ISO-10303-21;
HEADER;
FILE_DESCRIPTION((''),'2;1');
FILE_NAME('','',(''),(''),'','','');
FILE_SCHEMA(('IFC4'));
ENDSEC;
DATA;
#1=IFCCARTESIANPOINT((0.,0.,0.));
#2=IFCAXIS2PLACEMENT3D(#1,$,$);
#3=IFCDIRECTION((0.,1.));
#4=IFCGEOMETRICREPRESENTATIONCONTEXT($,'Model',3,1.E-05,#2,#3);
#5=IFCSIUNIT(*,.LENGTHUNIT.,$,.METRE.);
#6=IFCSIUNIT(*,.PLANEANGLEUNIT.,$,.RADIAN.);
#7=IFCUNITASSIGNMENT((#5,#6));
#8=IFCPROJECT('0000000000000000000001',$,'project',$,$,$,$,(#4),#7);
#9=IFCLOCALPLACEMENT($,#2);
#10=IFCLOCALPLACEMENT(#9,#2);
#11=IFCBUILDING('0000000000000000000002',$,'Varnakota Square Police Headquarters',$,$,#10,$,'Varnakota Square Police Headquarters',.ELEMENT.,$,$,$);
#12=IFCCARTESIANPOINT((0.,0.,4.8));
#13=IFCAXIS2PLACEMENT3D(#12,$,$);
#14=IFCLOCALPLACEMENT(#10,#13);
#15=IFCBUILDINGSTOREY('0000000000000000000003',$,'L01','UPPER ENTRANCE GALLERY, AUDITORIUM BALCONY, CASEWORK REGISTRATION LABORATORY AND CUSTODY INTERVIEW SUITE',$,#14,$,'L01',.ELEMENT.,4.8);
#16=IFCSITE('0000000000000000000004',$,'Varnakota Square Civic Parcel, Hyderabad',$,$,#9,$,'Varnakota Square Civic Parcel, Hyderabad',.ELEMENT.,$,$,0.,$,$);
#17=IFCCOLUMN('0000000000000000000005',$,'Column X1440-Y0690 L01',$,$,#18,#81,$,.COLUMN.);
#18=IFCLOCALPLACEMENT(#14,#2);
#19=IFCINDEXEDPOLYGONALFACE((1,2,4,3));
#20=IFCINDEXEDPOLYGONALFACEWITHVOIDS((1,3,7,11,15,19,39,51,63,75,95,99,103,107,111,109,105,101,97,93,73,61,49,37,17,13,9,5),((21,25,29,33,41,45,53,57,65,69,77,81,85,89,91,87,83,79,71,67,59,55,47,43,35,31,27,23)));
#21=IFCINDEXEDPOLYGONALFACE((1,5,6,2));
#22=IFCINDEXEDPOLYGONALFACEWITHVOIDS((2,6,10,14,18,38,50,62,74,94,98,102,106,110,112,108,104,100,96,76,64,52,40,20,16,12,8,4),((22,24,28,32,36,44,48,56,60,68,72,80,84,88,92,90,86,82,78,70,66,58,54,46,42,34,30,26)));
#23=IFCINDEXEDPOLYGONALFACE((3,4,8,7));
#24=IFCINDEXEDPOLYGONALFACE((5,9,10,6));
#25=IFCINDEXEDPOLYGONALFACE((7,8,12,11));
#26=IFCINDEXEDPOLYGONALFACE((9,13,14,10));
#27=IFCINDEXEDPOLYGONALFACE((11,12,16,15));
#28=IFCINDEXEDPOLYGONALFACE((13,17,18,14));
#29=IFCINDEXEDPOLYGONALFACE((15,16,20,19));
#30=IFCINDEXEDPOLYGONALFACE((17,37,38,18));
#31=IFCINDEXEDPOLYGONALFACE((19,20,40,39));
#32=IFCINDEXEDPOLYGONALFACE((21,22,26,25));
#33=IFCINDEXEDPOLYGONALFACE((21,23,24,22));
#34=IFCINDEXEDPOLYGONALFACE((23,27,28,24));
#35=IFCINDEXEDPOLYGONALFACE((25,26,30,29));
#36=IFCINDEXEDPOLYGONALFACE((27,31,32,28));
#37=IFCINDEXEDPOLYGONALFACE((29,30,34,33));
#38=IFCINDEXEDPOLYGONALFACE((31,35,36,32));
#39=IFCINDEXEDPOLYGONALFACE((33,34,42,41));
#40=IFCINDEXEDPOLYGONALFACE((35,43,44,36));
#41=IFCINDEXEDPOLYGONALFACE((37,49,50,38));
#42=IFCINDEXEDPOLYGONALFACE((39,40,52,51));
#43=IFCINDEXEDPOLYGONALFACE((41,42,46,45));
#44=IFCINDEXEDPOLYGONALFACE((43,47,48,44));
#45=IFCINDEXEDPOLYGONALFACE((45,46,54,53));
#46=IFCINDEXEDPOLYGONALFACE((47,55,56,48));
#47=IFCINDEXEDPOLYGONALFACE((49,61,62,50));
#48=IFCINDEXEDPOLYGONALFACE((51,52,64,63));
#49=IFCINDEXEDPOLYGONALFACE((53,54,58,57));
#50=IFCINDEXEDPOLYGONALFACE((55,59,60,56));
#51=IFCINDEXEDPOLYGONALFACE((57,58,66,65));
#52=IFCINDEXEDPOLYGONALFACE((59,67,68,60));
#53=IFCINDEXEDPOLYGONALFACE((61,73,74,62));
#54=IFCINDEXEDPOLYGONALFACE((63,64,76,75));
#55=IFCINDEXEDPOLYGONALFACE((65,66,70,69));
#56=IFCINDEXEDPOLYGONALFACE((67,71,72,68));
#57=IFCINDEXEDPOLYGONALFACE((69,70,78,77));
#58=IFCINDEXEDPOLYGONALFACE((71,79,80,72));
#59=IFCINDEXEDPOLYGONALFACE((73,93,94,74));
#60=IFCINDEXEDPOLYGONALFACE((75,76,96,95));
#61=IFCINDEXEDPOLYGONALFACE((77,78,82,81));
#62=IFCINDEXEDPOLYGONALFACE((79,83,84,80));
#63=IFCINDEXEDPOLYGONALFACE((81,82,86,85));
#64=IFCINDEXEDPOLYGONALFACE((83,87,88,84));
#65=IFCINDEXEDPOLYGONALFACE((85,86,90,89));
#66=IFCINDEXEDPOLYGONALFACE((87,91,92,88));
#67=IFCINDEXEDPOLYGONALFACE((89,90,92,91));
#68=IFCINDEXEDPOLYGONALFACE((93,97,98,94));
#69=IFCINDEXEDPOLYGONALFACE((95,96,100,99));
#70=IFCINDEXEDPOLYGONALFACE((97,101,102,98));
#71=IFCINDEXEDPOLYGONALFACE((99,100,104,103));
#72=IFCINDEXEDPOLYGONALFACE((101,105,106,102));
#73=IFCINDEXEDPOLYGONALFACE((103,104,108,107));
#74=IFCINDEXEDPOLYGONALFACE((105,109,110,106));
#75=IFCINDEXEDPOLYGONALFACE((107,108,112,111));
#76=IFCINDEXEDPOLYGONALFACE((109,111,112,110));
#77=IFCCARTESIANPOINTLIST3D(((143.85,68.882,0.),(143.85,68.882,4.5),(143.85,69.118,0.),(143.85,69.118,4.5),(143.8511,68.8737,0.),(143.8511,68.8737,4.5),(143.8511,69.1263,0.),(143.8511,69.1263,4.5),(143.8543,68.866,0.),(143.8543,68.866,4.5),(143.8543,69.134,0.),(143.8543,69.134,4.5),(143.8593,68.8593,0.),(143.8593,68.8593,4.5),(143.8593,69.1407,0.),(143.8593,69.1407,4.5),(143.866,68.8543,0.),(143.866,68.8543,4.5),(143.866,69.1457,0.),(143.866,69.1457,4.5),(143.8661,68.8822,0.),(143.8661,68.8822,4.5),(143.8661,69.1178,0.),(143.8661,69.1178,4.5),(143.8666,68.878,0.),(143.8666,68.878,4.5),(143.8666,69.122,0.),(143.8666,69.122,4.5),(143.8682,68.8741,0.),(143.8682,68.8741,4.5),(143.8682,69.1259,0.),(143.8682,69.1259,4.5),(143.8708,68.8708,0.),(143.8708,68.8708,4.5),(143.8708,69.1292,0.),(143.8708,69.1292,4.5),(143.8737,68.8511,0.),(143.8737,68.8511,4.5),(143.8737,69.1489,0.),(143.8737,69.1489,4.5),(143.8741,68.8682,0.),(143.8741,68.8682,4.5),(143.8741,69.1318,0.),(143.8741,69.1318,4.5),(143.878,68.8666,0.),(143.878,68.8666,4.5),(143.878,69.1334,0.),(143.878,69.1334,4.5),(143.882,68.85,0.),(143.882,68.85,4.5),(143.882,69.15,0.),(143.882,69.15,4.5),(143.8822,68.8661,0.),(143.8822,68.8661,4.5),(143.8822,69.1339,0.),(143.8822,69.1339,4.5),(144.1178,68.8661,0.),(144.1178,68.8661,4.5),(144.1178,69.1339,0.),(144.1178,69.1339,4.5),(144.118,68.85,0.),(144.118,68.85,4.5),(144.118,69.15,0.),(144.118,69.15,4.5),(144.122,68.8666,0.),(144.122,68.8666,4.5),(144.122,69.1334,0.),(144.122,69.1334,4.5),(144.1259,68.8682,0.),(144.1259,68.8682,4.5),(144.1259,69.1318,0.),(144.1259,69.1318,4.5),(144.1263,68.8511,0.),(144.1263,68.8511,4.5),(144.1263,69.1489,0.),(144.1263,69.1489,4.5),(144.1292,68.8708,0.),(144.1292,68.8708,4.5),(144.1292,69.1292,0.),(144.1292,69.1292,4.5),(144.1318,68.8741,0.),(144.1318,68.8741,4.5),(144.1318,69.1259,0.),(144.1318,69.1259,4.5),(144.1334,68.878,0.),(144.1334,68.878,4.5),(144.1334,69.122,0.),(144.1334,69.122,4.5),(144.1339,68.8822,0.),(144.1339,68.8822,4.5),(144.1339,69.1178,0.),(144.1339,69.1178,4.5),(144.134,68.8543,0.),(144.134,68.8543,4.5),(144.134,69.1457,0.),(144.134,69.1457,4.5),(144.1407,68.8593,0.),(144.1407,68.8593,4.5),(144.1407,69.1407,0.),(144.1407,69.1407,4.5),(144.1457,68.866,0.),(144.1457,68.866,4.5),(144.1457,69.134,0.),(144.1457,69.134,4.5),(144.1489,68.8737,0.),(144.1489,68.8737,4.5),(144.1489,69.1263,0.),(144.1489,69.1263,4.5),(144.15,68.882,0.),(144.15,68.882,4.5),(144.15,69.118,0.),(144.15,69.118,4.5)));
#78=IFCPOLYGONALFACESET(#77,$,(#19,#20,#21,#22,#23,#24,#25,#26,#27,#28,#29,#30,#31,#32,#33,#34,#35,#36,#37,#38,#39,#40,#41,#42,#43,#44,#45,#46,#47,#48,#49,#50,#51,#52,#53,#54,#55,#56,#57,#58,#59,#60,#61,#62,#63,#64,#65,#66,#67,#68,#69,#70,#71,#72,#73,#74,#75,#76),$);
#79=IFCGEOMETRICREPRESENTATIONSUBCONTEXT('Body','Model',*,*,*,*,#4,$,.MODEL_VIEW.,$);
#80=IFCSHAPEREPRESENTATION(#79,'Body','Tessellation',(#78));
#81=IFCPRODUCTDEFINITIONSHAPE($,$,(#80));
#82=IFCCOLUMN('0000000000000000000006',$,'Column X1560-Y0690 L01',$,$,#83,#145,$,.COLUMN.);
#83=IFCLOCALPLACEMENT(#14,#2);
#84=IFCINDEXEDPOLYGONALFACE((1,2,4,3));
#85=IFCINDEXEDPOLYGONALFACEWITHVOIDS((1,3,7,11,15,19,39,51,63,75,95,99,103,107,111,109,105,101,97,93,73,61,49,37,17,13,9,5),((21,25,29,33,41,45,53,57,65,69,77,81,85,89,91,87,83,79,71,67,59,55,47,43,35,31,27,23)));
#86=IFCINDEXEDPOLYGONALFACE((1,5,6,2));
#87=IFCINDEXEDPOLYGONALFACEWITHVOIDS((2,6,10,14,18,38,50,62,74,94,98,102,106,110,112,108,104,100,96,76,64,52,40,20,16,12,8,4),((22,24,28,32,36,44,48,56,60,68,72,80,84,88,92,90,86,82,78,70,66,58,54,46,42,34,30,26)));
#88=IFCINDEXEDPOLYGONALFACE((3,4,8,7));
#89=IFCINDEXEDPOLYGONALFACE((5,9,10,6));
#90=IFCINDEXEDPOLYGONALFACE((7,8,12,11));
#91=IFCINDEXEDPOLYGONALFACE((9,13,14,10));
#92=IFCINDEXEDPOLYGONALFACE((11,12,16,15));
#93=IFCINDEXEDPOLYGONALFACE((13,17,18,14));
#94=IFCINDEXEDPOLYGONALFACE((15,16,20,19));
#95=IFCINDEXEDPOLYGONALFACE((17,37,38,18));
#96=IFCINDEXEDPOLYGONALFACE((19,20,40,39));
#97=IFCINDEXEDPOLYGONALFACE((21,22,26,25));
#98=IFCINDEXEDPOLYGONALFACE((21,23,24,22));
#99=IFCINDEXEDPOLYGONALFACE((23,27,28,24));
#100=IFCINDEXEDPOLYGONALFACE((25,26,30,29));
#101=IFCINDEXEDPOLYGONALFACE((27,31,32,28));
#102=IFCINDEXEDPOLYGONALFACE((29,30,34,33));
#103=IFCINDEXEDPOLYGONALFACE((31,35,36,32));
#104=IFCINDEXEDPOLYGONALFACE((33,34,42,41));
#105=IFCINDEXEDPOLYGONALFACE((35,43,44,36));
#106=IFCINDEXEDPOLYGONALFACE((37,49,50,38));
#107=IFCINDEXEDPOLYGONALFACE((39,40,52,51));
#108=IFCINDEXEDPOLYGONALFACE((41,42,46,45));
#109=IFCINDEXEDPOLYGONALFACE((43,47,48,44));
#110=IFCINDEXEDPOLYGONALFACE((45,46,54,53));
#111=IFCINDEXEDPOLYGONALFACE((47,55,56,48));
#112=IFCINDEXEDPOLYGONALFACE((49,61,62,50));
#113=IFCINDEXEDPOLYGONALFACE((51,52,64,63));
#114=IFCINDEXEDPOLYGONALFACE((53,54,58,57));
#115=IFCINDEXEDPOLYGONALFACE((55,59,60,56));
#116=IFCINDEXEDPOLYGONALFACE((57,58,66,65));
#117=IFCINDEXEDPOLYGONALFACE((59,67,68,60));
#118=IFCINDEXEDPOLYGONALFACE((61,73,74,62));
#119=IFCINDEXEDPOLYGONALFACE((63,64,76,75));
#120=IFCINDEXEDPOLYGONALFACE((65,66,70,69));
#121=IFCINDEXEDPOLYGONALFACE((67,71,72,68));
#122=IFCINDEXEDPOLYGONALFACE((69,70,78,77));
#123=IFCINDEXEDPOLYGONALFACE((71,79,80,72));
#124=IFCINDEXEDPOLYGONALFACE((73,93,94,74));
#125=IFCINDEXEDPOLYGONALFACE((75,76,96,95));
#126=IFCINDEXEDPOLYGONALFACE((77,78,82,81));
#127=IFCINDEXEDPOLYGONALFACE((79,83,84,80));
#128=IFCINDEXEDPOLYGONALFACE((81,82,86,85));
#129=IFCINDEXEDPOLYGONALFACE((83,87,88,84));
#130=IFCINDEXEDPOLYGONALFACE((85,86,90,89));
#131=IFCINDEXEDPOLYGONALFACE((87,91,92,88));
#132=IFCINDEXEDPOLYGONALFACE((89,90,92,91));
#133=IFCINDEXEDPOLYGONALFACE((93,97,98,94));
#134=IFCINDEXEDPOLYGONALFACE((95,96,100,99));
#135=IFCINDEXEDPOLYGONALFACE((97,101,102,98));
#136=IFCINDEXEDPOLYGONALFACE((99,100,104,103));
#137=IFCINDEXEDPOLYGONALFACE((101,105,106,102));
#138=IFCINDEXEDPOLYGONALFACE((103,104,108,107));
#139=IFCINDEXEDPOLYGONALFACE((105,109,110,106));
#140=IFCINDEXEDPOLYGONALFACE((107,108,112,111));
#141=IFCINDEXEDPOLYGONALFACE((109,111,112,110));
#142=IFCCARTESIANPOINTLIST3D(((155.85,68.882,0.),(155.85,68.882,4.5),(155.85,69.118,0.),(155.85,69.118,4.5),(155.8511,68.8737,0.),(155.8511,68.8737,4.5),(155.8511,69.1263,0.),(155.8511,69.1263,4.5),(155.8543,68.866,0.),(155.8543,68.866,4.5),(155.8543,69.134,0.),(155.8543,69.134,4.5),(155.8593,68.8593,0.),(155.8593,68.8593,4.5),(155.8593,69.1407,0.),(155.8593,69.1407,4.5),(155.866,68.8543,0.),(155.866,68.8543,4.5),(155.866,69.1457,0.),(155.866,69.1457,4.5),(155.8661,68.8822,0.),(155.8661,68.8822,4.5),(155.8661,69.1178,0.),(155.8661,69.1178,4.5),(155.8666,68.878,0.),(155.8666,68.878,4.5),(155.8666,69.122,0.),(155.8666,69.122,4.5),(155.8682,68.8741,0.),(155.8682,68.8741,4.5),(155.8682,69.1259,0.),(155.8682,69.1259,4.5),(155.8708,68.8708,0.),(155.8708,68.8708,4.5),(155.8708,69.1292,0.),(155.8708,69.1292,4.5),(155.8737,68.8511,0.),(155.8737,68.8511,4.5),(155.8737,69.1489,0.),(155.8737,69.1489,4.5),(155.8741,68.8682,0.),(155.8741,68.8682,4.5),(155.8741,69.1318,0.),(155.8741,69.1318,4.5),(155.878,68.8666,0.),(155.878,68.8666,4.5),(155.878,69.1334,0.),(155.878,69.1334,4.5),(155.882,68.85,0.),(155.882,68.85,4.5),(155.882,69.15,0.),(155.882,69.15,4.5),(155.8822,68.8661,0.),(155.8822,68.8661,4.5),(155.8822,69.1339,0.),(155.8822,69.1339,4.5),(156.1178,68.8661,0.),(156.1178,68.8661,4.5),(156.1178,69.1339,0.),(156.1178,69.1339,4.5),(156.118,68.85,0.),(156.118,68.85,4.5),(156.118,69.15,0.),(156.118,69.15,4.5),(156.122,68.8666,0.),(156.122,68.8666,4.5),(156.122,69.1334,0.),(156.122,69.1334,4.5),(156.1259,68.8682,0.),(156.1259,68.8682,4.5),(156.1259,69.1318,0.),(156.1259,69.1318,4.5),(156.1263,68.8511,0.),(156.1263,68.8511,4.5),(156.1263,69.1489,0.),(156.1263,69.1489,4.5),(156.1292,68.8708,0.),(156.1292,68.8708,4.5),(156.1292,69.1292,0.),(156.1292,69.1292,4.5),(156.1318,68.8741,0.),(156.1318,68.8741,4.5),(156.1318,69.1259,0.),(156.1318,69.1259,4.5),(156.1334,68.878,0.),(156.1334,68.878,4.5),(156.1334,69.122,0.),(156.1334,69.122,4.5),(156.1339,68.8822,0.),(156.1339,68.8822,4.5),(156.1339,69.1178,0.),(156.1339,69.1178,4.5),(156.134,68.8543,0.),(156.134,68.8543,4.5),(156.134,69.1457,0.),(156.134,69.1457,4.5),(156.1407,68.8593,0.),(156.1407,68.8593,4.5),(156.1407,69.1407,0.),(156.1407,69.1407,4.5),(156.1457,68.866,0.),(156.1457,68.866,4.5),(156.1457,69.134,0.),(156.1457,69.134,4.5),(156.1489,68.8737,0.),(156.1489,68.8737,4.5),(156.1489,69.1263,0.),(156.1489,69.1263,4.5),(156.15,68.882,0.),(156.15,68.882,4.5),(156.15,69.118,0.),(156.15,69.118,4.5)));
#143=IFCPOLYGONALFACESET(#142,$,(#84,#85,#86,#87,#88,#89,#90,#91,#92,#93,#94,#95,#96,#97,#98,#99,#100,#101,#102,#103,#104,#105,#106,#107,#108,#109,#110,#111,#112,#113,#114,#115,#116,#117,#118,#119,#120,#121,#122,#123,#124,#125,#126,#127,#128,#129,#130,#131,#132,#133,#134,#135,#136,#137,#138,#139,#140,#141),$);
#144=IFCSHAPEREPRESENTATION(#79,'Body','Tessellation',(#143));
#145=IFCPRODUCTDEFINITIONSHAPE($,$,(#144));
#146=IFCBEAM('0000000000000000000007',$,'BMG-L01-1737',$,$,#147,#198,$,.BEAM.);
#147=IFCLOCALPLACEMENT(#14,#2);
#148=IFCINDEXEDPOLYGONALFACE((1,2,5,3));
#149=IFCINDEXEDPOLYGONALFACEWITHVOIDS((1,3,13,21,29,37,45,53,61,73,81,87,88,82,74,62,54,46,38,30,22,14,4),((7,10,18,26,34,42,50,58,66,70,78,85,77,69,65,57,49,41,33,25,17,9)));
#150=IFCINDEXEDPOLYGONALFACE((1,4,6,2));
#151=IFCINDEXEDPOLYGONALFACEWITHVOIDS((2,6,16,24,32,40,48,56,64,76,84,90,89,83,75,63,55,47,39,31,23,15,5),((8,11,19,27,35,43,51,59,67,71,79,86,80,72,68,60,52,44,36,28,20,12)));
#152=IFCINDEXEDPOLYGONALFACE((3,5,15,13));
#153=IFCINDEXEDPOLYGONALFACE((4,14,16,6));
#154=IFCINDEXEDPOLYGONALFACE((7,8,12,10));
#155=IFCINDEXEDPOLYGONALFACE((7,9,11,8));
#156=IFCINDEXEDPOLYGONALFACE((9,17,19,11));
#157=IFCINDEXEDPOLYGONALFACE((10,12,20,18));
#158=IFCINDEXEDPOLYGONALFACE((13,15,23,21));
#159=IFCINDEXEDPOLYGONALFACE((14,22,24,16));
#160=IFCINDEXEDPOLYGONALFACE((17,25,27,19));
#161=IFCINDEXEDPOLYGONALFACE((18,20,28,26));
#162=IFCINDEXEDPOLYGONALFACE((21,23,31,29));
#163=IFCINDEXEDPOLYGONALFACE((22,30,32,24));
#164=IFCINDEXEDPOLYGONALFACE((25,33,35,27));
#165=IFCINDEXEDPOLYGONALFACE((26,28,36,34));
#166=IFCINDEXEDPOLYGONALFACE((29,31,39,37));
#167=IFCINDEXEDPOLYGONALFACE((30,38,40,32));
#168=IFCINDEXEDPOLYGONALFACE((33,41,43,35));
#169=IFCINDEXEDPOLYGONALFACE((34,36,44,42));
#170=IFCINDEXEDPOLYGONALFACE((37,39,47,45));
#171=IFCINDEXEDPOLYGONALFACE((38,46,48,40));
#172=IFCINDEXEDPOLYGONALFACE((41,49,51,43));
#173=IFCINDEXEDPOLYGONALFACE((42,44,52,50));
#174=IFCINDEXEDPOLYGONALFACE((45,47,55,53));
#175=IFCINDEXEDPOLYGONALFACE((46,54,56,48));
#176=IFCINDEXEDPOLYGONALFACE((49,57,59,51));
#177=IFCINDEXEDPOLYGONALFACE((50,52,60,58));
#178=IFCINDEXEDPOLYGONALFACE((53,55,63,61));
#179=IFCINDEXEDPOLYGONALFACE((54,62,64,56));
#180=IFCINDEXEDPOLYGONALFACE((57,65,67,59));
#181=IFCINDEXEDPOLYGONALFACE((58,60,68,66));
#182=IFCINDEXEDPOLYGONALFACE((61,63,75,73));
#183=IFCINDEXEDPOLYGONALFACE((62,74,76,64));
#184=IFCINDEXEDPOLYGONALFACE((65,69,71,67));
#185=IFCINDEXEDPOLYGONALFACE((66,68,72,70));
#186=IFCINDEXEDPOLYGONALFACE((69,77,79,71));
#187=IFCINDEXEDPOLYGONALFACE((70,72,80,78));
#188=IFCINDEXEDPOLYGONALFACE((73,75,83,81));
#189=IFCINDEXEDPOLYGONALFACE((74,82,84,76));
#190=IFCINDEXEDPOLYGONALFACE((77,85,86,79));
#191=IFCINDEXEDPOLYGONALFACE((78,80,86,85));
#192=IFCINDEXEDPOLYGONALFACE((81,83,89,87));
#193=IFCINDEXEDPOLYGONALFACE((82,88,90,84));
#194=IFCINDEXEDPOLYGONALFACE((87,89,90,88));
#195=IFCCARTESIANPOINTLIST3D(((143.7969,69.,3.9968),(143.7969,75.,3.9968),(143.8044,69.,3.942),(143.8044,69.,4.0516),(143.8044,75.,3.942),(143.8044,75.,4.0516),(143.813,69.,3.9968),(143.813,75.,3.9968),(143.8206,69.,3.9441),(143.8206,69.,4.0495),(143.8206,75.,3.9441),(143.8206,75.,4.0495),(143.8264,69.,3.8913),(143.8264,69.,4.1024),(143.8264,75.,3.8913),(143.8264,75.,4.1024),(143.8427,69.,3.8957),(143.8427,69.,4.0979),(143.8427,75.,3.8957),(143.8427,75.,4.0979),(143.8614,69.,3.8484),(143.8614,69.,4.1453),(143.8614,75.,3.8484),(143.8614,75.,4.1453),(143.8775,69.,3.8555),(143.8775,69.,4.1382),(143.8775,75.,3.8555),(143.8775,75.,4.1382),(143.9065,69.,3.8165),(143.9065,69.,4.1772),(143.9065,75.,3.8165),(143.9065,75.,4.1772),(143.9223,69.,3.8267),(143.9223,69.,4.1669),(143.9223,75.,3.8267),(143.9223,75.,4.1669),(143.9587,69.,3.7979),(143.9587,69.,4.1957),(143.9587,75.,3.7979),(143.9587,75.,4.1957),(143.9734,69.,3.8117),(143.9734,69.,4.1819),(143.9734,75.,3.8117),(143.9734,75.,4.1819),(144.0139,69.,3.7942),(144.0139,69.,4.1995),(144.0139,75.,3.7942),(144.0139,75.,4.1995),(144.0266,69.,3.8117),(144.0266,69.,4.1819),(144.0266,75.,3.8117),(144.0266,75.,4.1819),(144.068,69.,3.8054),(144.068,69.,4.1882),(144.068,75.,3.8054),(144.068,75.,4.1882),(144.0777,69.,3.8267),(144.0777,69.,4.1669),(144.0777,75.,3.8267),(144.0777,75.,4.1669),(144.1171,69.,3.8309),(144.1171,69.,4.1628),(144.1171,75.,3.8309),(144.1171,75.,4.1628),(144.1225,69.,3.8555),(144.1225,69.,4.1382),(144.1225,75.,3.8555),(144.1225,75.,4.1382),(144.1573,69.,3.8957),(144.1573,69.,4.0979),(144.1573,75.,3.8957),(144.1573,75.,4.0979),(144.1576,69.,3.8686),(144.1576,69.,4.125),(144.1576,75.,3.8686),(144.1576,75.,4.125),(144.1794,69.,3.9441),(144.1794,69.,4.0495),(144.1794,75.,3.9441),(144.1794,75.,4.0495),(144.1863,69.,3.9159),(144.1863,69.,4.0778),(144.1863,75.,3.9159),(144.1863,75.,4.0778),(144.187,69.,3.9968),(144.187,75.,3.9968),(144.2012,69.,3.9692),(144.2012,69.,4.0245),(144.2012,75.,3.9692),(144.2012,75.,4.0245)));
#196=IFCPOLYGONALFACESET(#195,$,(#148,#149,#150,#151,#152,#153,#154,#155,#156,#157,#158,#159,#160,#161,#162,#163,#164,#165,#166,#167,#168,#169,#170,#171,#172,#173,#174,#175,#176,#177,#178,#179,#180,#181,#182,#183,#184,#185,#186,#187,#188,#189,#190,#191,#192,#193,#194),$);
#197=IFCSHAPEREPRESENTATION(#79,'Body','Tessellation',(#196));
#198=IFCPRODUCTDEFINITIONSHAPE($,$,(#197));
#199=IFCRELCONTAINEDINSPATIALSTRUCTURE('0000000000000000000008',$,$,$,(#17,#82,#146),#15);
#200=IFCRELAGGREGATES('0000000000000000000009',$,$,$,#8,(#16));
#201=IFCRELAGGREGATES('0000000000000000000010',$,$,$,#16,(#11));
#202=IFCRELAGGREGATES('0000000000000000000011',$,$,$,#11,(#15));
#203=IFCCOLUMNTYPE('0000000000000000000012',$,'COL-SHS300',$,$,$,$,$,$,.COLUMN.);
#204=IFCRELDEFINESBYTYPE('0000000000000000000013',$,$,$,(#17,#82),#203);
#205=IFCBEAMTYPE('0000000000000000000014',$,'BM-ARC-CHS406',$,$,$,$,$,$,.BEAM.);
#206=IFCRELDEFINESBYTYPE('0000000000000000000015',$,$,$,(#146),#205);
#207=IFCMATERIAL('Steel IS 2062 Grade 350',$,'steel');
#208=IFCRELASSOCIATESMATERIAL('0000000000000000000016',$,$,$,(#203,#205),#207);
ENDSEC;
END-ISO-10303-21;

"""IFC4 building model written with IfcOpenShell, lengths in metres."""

from ifc_helpers import new_model, si_unit, direction, frame, origin, origin_2d, place, context, subcontext, project, spatial, hollow_rectangle, hollow_circle, extrude, material, material_profile, profile_set, type_object, element, save


model = new_model("IFC4")

# Units and contexts
model_context = context("Model", 3, precision=1e-05, world=origin(), true_north=direction((0.0, 1.0)))
body_context = subcontext(model_context, "Body", "Model", "MODEL_VIEW")
ifc_project = project(units=[si_unit("LENGTHUNIT", "METRE"), si_unit("PLANEANGLEUNIT", "RADIAN")], contexts=[model_context])

# Site, building, storey
site_placement = place(None, origin())
site = spatial("IfcSite", under=ifc_project, at=site_placement, Name="Varnakota Square Civic Parcel, Hyderabad", LongName="Varnakota Square Civic Parcel, Hyderabad", CompositionType="ELEMENT", RefElevation=0.0)
building_placement = place(site_placement, origin())
building = spatial("IfcBuilding", under=site, at=building_placement, Name="Varnakota Square Police Headquarters", LongName="Varnakota Square Police Headquarters", CompositionType="ELEMENT")
storey_placement = place(building_placement, frame((0.0, 0.0, 4.8)))
storey = spatial("IfcBuildingStorey", under=building, at=storey_placement, Name="L01", Description="UPPER ENTRANCE GALLERY, AUDITORIUM BALCONY, CASEWORK REGISTRATION LABORATORY AND CUSTODY INTERVIEW SUITE", LongName="L01", CompositionType="ELEMENT", Elevation=4.8)

# Columns
ifc_material_1 = material(Name="Steel IS 2062 Grade 350", Category="steel")
ifc_material_profile_1 = material_profile(ifc_material_1, hollow_rectangle(XDim=0.3, YDim=0.3, WallThickness=0.0161, InnerFilletRadius=0.0161, OuterFilletRadius=0.032, at=origin_2d()), Name="SHS 300x300x16")
ifc_profile_set_1 = profile_set([ifc_material_profile_1], Name="Steel IS 2062 Grade 350")
column_type_1 = type_object("IfcColumnType", Name="COL-SHS300", PredefinedType="COLUMN", material=ifc_profile_set_1)
for number, where, z_axis, x_axis, name in (
    (1, (144.0, 69.0, 0.0), (0.0, 0.0, 1.0), (1.0, 0.0, 0.0), "Column X1440-Y0690 L01"),
    (2, (156.0, 69.0, 0.0), (0.0, 0.0, 1.0), (1.0, 0.0, 0.0), "Column X1560-Y0690 L01"),
):
    element("IfcColumn", number, at=place(storey_placement, frame(where, z_axis=z_axis, x_axis=x_axis)), inside=storey, type_object=column_type_1, Name=name, PredefinedType="COLUMN", context=body_context, shape_type="SweptSolid", body=[
        extrude(hollow_rectangle(XDim=0.3, YDim=0.3, WallThickness=0.0161, InnerFilletRadius=0.0161, OuterFilletRadius=0.032, at=origin_2d()), origin(), (0.0, 0.0, 1.0), 4.5),
    ])

# Beam
ifc_material_profile_2 = material_profile(ifc_material_1, hollow_circle(Radius=0.2031, WallThickness=0.0161, at=origin_2d()), Name="CHS 406.4x16.0")
ifc_profile_set_2 = profile_set([ifc_material_profile_2], Name="Steel IS 2062 Grade 350")
beam_type_1 = type_object("IfcBeamType", Name="BM-ARC-CHS406", PredefinedType="BEAM", material=ifc_profile_set_2)
for number, where, z_axis, x_axis, name in (
    (3, (144.0, 69.0, 3.9968), (0.0, 1.0, 0.0), (-1.0, 0.0, 0.0), "BMG-L01-1737"),
):
    element("IfcBeam", number, at=place(storey_placement, frame(where, z_axis=z_axis, x_axis=x_axis)), inside=storey, type_object=beam_type_1, Name=name, PredefinedType="BEAM", context=body_context, shape_type="SweptSolid", body=[
        extrude(hollow_circle(Radius=0.2031, WallThickness=0.0161, at=origin_2d()), origin(), (0.0, 0.0, 1.0), 6.0),
    ])

save(model, "model.ifc")
